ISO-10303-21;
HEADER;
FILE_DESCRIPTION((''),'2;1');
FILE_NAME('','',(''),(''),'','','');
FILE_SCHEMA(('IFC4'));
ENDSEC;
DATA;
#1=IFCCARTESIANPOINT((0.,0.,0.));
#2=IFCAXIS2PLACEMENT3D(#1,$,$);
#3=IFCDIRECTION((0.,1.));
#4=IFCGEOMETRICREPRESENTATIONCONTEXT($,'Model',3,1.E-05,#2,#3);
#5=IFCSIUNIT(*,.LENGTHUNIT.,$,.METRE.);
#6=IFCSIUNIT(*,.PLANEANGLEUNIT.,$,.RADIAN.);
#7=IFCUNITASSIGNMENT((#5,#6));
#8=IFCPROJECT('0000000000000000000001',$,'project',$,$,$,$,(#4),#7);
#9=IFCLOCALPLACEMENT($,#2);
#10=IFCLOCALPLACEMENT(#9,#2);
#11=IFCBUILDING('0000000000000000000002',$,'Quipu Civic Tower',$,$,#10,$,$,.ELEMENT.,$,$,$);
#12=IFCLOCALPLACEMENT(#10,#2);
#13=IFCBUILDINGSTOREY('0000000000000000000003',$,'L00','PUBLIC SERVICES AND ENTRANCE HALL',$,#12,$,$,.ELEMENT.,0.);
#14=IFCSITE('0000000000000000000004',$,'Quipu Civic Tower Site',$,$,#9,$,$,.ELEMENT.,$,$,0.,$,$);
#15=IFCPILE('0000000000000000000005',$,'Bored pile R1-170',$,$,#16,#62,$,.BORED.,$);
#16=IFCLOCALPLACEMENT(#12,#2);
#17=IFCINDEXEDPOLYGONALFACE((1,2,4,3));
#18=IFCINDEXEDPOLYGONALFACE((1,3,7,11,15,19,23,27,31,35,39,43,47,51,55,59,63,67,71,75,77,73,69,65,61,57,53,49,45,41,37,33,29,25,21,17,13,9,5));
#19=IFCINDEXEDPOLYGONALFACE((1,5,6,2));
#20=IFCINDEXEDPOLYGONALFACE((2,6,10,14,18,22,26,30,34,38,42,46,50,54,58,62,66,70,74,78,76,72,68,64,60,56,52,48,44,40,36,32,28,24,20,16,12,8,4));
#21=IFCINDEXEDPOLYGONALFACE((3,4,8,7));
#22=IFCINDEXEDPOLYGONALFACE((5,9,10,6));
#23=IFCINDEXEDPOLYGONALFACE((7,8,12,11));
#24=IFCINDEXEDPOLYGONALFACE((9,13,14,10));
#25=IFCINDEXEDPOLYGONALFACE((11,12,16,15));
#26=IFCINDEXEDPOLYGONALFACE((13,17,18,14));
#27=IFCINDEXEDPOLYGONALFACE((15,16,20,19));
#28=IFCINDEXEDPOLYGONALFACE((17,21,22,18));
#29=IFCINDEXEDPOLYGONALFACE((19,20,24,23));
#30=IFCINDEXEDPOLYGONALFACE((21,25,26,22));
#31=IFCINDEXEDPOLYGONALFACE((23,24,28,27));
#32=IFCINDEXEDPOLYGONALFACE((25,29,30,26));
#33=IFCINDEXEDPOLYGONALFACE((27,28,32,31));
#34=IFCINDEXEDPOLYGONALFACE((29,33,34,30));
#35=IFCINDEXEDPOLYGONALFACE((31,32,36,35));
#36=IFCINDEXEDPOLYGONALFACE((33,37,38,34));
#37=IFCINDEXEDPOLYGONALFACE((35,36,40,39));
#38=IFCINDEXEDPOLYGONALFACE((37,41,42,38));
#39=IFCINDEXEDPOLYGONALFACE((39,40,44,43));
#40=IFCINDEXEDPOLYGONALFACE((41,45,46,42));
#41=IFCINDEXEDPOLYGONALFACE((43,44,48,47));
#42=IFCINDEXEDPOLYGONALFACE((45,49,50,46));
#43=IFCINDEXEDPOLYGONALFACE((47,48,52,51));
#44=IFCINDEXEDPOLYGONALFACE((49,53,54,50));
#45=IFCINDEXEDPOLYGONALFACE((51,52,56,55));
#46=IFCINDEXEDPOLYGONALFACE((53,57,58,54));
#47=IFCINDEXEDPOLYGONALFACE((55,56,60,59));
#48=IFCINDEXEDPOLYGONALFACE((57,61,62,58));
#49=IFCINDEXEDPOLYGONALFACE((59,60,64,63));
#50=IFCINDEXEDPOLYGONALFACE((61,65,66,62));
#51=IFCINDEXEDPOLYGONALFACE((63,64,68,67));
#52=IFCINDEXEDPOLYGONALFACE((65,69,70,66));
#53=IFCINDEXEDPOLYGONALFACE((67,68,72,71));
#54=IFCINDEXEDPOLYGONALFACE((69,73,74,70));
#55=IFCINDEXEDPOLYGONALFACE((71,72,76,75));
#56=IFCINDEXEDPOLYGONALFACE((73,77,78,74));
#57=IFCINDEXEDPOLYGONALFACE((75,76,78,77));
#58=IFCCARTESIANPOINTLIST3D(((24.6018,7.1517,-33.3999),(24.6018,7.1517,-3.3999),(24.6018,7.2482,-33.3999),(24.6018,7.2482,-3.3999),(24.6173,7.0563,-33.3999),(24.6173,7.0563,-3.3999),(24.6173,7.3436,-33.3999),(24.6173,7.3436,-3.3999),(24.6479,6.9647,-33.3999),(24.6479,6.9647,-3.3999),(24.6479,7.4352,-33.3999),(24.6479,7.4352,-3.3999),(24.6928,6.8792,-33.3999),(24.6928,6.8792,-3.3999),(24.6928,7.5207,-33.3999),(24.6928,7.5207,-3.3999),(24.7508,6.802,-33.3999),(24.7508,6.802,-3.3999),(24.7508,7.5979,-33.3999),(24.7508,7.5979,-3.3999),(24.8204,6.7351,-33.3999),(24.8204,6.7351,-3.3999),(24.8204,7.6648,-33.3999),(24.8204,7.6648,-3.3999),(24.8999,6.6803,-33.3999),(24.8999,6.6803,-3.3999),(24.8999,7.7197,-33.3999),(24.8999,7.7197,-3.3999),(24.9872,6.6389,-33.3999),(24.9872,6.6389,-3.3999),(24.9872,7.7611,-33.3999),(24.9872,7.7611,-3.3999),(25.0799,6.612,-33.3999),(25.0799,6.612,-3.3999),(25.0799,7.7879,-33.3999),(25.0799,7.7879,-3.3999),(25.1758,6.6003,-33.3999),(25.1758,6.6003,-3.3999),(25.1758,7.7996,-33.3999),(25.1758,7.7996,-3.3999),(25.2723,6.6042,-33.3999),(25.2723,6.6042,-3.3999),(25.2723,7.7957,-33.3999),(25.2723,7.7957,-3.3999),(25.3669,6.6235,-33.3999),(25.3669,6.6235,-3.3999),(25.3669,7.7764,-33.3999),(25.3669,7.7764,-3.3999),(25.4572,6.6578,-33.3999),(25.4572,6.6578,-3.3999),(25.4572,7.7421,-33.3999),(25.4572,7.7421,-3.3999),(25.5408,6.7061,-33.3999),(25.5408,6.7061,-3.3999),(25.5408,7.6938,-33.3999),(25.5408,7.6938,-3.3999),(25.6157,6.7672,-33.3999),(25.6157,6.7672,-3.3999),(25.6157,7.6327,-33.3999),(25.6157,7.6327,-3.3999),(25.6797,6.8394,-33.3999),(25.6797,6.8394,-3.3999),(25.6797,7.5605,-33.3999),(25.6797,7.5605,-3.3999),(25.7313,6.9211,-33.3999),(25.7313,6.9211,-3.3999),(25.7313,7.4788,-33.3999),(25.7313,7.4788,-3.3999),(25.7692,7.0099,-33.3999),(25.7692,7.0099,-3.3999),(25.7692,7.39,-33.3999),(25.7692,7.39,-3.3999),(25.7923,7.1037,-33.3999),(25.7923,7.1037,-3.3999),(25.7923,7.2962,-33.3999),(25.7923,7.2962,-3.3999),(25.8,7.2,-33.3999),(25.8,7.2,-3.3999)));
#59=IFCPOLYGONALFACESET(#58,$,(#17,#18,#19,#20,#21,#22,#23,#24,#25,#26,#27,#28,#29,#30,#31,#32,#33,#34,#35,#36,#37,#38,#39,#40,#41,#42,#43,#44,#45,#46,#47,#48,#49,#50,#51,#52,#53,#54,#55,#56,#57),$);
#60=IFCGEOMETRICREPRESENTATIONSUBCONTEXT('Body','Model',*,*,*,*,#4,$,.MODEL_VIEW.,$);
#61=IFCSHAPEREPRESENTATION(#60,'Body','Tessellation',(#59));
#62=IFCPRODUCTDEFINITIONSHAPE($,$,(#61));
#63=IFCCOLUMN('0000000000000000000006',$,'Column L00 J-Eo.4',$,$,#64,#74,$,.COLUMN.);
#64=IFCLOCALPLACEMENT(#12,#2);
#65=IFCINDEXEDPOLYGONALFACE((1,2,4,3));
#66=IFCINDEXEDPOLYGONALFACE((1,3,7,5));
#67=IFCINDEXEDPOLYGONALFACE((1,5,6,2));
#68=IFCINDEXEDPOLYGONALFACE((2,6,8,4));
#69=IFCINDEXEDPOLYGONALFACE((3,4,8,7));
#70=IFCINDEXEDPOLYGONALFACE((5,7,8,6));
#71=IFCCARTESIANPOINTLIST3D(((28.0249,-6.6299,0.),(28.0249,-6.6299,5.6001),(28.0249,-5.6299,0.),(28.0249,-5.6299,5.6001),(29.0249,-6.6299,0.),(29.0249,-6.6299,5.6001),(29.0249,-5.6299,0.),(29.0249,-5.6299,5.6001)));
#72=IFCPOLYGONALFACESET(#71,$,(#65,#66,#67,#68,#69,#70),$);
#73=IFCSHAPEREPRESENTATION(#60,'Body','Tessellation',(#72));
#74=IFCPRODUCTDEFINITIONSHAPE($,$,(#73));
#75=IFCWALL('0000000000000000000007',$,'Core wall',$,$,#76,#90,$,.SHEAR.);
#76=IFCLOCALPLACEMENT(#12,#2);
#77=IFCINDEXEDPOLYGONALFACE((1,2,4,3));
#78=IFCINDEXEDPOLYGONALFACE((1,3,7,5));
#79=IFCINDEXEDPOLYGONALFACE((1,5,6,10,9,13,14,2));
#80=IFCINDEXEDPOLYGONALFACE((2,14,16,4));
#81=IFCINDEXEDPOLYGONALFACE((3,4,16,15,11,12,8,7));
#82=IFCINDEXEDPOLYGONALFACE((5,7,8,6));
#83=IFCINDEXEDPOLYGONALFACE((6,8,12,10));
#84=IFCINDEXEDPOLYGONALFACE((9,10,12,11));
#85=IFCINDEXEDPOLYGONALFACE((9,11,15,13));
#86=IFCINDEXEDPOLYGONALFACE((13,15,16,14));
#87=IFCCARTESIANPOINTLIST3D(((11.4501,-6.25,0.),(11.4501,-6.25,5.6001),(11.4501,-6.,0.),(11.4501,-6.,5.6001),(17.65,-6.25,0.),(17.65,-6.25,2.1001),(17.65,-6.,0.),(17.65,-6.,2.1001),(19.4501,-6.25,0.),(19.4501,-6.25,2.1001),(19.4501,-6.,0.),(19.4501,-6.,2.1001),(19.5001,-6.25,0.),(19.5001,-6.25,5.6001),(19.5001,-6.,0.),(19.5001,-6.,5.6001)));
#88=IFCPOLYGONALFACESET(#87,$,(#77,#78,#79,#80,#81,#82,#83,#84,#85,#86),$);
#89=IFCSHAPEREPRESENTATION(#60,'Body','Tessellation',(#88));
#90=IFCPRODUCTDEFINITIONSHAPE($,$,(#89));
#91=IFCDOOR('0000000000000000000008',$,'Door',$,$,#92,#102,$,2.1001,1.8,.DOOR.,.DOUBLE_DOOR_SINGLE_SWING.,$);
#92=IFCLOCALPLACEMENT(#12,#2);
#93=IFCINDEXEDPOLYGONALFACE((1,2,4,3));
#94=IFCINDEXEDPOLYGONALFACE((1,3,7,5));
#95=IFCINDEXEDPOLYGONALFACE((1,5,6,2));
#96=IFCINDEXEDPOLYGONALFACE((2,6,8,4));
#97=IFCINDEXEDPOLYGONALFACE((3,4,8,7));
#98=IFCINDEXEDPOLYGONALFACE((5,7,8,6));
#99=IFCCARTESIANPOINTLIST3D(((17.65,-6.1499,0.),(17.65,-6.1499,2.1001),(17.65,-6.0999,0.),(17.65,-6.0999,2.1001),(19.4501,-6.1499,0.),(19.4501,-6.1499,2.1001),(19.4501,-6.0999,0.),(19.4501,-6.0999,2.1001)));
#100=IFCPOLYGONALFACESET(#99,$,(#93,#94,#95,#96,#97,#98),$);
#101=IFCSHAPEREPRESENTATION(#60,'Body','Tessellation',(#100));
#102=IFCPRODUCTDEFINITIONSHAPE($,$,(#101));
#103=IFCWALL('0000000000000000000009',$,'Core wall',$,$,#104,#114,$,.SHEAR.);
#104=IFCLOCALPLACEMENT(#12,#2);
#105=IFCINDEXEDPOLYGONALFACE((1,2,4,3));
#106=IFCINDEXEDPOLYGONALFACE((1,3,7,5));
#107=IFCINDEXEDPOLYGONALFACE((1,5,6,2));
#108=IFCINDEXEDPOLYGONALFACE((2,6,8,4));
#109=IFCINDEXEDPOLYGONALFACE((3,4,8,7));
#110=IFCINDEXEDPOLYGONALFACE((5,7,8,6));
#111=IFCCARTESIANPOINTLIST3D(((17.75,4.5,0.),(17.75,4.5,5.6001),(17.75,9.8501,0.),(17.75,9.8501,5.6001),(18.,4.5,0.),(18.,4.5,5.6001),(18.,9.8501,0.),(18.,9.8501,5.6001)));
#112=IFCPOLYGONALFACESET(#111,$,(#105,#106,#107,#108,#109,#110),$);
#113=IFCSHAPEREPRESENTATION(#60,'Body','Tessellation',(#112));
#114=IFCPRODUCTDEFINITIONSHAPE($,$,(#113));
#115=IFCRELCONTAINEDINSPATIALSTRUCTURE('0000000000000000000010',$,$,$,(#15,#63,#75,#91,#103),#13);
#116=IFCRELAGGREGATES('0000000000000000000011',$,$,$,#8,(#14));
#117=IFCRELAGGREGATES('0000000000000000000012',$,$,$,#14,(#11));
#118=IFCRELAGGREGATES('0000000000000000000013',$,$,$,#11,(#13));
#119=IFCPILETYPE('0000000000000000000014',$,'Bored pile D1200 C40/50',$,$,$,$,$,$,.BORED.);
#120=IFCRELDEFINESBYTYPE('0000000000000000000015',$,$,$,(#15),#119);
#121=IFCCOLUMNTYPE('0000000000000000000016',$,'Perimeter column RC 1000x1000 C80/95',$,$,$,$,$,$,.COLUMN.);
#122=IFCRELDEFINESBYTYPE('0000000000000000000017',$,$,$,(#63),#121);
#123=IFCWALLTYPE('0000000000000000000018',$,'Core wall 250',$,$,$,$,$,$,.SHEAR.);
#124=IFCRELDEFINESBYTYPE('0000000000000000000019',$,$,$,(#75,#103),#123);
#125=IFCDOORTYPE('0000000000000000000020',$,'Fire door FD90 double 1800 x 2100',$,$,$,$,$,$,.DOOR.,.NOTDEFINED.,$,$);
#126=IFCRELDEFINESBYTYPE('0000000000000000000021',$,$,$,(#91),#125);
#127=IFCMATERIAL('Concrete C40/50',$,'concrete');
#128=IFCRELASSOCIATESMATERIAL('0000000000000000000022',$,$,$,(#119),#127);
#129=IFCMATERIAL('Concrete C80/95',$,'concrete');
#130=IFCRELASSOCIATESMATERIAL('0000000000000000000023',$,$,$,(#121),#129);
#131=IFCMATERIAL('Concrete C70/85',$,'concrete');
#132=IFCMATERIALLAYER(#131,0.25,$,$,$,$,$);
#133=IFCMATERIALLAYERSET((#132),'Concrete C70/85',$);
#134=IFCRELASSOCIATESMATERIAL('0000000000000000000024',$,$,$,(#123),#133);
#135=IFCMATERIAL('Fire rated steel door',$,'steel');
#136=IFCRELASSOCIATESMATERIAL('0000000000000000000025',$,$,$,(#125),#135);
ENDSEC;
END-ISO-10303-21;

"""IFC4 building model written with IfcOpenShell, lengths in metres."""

from ifc_helpers import new_model, si_unit, direction, frame, frame_2d, origin, origin_2d, place, context, subcontext, project, spatial, rectangle, circle, extrude, material, layer, layer_set, material_profile, profile_set, type_object, element, fill, save


model = new_model("IFC4")

# Units and contexts
model_context = context("Model", 3, precision=1e-05, world=origin(), true_north=direction((0.0, 1.0)))
body_context = subcontext(model_context, "Body", "Model", "MODEL_VIEW")
ifc_project = project(units=[si_unit("LENGTHUNIT", "METRE"), si_unit("PLANEANGLEUNIT", "RADIAN")], contexts=[model_context])

# Site, building, storey
site_placement = place(None, origin())
site = spatial("IfcSite", under=ifc_project, at=site_placement, Name="Quipu Civic Tower Site", CompositionType="ELEMENT", RefElevation=0.0)
building_placement = place(site_placement, origin())
building = spatial("IfcBuilding", under=site, at=building_placement, Name="Quipu Civic Tower", CompositionType="ELEMENT")
storey_placement = place(building_placement, origin())
storey = spatial("IfcBuildingStorey", under=building, at=storey_placement, Name="L00", Description="PUBLIC SERVICES AND ENTRANCE HALL", CompositionType="ELEMENT", Elevation=0.0)

# Pile
ifc_material_1 = material(Name="Concrete C40/50", Category="concrete")
ifc_material_profile_1 = material_profile(ifc_material_1, circle(Radius=0.6001, at=origin_2d()), Name="RCD1200")
ifc_profile_set_1 = profile_set([ifc_material_profile_1], Name="Concrete C40/50")
pile_type = type_object("IfcPileType", Name="Bored pile D1200 C40/50", PredefinedType="BORED", material=ifc_profile_set_1)
for number, where, z_axis, x_axis, name in (
    (1, (25.2, 7.2, -3.3999), (0.0, 0.0, -1.0), (1.0, 0.0, 0.0), "Bored pile R1-170"),
):
    element("IfcPile", number, at=place(storey_placement, frame(where, z_axis=z_axis, x_axis=x_axis)), inside=storey, type_object=pile_type, Name=name, PredefinedType="BORED", context=body_context, shape_type="SweptSolid", body=[
        extrude(circle(Radius=0.6001, at=origin_2d()), origin(), (0.0, 0.0, 1.0), 30.0),
    ])

# Column
ifc_material_2 = material(Name="Concrete C80/95", Category="concrete")
ifc_material_profile_2 = material_profile(ifc_material_2, rectangle(XDim=1.0, YDim=1.0, at=origin_2d()), Name="RC1000x1000")
ifc_profile_set_2 = profile_set([ifc_material_profile_2], Name="Concrete C80/95")
column_type = type_object("IfcColumnType", Name="Perimeter column RC 1000x1000 C80/95", PredefinedType="COLUMN", material=ifc_profile_set_2)
column_placement = place(storey_placement, frame((28.5249, -6.1299, 0.0), z_axis=(0.0, 0.0, 1.0), x_axis=(1.0, 0.0, 0.0)))
element("IfcColumn", 2, at=column_placement, inside=storey, type_object=column_type, Name="Column L00 J-Eo.4", PredefinedType="COLUMN", context=body_context, shape_type="SweptSolid", body=[
    extrude(rectangle(XDim=1.0, YDim=1.0, at=origin_2d()), origin(), (0.0, 0.0, 1.0), 5.6001),
])

# Wall, opening, door
ifc_material_3 = material(Name="Concrete C70/85", Category="concrete")
ifc_layer_1 = layer(ifc_material_3, 0.25)
ifc_layer_set_1 = layer_set([ifc_layer_1], Name="Concrete C70/85")
wall_type_1 = type_object("IfcWallType", Name="Core wall 250", PredefinedType="SHEAR", material=ifc_layer_set_1)
wall_1_placement = place(storey_placement, frame((19.5, -6.125, 0.0), z_axis=(0.0, 0.0, 1.0), x_axis=(-1.0, 0.0, 0.0)))
wall_1 = element("IfcWall", 3, at=wall_1_placement, inside=storey, type_object=wall_type_1, Name="Core wall", PredefinedType="SHEAR", context=body_context, shape_type="SweptSolid", body=[
    extrude(rectangle(XDim=8.05, YDim=0.25, at=frame_2d((4.0249, 0.0))), origin(), (0.0, 0.0, 1.0), 5.6001),
])
opening_1_placement = place(wall_1_placement, frame((0.05, 0.0, 0.0)))
opening_1 = element("IfcOpeningElement", 4, at=opening_1_placement, cuts=wall_1, PredefinedType="OPENING", context=body_context, shape_type="SweptSolid", body=[
    extrude(rectangle(XDim=1.8, YDim=2.1001, at=frame_2d((0.8999, 1.05))), frame((0.0, 0.135, 0.0), z_axis=(0.0, -1.0, 0.0), x_axis=(1.0, 0.0, 0.0)), (0.0, 0.0, 1.0), 0.27),
])
ifc_material_4 = material(Name="Fire rated steel door", Category="steel")
door_type_1 = type_object("IfcDoorType", Name="Fire door FD90 double 1800 x 2100", OperationType="NOTDEFINED", PredefinedType="DOOR", material=ifc_material_4)
door_1_placement = place(opening_1_placement, origin())
door_1 = element("IfcDoor", 5, at=door_1_placement, inside=storey, type_object=door_type_1, Name="Door", OperationType="DOUBLE_DOOR_SINGLE_SWING", OverallHeight=2.1001, OverallWidth=1.8, PredefinedType="DOOR", context=body_context, shape_type="SweptSolid", body=[
    extrude(rectangle(XDim=1.8, YDim=2.1001, at=frame_2d((0.8999, 1.05))), frame((0.0, 0.0249, 0.0), z_axis=(0.0, -1.0, 0.0), x_axis=(1.0, 0.0, 0.0)), (0.0, 0.0, 1.0), 0.05),
])
fill(opening_1, door_1)

# Wall
wall_2_placement = place(storey_placement, frame((17.875, 4.5, 0.0), z_axis=(0.0, 0.0, 1.0), x_axis=(0.0, 1.0, 0.0)))
element("IfcWall", 6, at=wall_2_placement, inside=storey, type_object=wall_type_1, Name="Core wall", PredefinedType="SHEAR", context=body_context, shape_type="SweptSolid", body=[
    extrude(rectangle(XDim=5.3501, YDim=0.25, at=frame_2d((2.675, 0.0))), origin(), (0.0, 0.0, 1.0), 5.6001),
])

save(model, "model.ifc")
